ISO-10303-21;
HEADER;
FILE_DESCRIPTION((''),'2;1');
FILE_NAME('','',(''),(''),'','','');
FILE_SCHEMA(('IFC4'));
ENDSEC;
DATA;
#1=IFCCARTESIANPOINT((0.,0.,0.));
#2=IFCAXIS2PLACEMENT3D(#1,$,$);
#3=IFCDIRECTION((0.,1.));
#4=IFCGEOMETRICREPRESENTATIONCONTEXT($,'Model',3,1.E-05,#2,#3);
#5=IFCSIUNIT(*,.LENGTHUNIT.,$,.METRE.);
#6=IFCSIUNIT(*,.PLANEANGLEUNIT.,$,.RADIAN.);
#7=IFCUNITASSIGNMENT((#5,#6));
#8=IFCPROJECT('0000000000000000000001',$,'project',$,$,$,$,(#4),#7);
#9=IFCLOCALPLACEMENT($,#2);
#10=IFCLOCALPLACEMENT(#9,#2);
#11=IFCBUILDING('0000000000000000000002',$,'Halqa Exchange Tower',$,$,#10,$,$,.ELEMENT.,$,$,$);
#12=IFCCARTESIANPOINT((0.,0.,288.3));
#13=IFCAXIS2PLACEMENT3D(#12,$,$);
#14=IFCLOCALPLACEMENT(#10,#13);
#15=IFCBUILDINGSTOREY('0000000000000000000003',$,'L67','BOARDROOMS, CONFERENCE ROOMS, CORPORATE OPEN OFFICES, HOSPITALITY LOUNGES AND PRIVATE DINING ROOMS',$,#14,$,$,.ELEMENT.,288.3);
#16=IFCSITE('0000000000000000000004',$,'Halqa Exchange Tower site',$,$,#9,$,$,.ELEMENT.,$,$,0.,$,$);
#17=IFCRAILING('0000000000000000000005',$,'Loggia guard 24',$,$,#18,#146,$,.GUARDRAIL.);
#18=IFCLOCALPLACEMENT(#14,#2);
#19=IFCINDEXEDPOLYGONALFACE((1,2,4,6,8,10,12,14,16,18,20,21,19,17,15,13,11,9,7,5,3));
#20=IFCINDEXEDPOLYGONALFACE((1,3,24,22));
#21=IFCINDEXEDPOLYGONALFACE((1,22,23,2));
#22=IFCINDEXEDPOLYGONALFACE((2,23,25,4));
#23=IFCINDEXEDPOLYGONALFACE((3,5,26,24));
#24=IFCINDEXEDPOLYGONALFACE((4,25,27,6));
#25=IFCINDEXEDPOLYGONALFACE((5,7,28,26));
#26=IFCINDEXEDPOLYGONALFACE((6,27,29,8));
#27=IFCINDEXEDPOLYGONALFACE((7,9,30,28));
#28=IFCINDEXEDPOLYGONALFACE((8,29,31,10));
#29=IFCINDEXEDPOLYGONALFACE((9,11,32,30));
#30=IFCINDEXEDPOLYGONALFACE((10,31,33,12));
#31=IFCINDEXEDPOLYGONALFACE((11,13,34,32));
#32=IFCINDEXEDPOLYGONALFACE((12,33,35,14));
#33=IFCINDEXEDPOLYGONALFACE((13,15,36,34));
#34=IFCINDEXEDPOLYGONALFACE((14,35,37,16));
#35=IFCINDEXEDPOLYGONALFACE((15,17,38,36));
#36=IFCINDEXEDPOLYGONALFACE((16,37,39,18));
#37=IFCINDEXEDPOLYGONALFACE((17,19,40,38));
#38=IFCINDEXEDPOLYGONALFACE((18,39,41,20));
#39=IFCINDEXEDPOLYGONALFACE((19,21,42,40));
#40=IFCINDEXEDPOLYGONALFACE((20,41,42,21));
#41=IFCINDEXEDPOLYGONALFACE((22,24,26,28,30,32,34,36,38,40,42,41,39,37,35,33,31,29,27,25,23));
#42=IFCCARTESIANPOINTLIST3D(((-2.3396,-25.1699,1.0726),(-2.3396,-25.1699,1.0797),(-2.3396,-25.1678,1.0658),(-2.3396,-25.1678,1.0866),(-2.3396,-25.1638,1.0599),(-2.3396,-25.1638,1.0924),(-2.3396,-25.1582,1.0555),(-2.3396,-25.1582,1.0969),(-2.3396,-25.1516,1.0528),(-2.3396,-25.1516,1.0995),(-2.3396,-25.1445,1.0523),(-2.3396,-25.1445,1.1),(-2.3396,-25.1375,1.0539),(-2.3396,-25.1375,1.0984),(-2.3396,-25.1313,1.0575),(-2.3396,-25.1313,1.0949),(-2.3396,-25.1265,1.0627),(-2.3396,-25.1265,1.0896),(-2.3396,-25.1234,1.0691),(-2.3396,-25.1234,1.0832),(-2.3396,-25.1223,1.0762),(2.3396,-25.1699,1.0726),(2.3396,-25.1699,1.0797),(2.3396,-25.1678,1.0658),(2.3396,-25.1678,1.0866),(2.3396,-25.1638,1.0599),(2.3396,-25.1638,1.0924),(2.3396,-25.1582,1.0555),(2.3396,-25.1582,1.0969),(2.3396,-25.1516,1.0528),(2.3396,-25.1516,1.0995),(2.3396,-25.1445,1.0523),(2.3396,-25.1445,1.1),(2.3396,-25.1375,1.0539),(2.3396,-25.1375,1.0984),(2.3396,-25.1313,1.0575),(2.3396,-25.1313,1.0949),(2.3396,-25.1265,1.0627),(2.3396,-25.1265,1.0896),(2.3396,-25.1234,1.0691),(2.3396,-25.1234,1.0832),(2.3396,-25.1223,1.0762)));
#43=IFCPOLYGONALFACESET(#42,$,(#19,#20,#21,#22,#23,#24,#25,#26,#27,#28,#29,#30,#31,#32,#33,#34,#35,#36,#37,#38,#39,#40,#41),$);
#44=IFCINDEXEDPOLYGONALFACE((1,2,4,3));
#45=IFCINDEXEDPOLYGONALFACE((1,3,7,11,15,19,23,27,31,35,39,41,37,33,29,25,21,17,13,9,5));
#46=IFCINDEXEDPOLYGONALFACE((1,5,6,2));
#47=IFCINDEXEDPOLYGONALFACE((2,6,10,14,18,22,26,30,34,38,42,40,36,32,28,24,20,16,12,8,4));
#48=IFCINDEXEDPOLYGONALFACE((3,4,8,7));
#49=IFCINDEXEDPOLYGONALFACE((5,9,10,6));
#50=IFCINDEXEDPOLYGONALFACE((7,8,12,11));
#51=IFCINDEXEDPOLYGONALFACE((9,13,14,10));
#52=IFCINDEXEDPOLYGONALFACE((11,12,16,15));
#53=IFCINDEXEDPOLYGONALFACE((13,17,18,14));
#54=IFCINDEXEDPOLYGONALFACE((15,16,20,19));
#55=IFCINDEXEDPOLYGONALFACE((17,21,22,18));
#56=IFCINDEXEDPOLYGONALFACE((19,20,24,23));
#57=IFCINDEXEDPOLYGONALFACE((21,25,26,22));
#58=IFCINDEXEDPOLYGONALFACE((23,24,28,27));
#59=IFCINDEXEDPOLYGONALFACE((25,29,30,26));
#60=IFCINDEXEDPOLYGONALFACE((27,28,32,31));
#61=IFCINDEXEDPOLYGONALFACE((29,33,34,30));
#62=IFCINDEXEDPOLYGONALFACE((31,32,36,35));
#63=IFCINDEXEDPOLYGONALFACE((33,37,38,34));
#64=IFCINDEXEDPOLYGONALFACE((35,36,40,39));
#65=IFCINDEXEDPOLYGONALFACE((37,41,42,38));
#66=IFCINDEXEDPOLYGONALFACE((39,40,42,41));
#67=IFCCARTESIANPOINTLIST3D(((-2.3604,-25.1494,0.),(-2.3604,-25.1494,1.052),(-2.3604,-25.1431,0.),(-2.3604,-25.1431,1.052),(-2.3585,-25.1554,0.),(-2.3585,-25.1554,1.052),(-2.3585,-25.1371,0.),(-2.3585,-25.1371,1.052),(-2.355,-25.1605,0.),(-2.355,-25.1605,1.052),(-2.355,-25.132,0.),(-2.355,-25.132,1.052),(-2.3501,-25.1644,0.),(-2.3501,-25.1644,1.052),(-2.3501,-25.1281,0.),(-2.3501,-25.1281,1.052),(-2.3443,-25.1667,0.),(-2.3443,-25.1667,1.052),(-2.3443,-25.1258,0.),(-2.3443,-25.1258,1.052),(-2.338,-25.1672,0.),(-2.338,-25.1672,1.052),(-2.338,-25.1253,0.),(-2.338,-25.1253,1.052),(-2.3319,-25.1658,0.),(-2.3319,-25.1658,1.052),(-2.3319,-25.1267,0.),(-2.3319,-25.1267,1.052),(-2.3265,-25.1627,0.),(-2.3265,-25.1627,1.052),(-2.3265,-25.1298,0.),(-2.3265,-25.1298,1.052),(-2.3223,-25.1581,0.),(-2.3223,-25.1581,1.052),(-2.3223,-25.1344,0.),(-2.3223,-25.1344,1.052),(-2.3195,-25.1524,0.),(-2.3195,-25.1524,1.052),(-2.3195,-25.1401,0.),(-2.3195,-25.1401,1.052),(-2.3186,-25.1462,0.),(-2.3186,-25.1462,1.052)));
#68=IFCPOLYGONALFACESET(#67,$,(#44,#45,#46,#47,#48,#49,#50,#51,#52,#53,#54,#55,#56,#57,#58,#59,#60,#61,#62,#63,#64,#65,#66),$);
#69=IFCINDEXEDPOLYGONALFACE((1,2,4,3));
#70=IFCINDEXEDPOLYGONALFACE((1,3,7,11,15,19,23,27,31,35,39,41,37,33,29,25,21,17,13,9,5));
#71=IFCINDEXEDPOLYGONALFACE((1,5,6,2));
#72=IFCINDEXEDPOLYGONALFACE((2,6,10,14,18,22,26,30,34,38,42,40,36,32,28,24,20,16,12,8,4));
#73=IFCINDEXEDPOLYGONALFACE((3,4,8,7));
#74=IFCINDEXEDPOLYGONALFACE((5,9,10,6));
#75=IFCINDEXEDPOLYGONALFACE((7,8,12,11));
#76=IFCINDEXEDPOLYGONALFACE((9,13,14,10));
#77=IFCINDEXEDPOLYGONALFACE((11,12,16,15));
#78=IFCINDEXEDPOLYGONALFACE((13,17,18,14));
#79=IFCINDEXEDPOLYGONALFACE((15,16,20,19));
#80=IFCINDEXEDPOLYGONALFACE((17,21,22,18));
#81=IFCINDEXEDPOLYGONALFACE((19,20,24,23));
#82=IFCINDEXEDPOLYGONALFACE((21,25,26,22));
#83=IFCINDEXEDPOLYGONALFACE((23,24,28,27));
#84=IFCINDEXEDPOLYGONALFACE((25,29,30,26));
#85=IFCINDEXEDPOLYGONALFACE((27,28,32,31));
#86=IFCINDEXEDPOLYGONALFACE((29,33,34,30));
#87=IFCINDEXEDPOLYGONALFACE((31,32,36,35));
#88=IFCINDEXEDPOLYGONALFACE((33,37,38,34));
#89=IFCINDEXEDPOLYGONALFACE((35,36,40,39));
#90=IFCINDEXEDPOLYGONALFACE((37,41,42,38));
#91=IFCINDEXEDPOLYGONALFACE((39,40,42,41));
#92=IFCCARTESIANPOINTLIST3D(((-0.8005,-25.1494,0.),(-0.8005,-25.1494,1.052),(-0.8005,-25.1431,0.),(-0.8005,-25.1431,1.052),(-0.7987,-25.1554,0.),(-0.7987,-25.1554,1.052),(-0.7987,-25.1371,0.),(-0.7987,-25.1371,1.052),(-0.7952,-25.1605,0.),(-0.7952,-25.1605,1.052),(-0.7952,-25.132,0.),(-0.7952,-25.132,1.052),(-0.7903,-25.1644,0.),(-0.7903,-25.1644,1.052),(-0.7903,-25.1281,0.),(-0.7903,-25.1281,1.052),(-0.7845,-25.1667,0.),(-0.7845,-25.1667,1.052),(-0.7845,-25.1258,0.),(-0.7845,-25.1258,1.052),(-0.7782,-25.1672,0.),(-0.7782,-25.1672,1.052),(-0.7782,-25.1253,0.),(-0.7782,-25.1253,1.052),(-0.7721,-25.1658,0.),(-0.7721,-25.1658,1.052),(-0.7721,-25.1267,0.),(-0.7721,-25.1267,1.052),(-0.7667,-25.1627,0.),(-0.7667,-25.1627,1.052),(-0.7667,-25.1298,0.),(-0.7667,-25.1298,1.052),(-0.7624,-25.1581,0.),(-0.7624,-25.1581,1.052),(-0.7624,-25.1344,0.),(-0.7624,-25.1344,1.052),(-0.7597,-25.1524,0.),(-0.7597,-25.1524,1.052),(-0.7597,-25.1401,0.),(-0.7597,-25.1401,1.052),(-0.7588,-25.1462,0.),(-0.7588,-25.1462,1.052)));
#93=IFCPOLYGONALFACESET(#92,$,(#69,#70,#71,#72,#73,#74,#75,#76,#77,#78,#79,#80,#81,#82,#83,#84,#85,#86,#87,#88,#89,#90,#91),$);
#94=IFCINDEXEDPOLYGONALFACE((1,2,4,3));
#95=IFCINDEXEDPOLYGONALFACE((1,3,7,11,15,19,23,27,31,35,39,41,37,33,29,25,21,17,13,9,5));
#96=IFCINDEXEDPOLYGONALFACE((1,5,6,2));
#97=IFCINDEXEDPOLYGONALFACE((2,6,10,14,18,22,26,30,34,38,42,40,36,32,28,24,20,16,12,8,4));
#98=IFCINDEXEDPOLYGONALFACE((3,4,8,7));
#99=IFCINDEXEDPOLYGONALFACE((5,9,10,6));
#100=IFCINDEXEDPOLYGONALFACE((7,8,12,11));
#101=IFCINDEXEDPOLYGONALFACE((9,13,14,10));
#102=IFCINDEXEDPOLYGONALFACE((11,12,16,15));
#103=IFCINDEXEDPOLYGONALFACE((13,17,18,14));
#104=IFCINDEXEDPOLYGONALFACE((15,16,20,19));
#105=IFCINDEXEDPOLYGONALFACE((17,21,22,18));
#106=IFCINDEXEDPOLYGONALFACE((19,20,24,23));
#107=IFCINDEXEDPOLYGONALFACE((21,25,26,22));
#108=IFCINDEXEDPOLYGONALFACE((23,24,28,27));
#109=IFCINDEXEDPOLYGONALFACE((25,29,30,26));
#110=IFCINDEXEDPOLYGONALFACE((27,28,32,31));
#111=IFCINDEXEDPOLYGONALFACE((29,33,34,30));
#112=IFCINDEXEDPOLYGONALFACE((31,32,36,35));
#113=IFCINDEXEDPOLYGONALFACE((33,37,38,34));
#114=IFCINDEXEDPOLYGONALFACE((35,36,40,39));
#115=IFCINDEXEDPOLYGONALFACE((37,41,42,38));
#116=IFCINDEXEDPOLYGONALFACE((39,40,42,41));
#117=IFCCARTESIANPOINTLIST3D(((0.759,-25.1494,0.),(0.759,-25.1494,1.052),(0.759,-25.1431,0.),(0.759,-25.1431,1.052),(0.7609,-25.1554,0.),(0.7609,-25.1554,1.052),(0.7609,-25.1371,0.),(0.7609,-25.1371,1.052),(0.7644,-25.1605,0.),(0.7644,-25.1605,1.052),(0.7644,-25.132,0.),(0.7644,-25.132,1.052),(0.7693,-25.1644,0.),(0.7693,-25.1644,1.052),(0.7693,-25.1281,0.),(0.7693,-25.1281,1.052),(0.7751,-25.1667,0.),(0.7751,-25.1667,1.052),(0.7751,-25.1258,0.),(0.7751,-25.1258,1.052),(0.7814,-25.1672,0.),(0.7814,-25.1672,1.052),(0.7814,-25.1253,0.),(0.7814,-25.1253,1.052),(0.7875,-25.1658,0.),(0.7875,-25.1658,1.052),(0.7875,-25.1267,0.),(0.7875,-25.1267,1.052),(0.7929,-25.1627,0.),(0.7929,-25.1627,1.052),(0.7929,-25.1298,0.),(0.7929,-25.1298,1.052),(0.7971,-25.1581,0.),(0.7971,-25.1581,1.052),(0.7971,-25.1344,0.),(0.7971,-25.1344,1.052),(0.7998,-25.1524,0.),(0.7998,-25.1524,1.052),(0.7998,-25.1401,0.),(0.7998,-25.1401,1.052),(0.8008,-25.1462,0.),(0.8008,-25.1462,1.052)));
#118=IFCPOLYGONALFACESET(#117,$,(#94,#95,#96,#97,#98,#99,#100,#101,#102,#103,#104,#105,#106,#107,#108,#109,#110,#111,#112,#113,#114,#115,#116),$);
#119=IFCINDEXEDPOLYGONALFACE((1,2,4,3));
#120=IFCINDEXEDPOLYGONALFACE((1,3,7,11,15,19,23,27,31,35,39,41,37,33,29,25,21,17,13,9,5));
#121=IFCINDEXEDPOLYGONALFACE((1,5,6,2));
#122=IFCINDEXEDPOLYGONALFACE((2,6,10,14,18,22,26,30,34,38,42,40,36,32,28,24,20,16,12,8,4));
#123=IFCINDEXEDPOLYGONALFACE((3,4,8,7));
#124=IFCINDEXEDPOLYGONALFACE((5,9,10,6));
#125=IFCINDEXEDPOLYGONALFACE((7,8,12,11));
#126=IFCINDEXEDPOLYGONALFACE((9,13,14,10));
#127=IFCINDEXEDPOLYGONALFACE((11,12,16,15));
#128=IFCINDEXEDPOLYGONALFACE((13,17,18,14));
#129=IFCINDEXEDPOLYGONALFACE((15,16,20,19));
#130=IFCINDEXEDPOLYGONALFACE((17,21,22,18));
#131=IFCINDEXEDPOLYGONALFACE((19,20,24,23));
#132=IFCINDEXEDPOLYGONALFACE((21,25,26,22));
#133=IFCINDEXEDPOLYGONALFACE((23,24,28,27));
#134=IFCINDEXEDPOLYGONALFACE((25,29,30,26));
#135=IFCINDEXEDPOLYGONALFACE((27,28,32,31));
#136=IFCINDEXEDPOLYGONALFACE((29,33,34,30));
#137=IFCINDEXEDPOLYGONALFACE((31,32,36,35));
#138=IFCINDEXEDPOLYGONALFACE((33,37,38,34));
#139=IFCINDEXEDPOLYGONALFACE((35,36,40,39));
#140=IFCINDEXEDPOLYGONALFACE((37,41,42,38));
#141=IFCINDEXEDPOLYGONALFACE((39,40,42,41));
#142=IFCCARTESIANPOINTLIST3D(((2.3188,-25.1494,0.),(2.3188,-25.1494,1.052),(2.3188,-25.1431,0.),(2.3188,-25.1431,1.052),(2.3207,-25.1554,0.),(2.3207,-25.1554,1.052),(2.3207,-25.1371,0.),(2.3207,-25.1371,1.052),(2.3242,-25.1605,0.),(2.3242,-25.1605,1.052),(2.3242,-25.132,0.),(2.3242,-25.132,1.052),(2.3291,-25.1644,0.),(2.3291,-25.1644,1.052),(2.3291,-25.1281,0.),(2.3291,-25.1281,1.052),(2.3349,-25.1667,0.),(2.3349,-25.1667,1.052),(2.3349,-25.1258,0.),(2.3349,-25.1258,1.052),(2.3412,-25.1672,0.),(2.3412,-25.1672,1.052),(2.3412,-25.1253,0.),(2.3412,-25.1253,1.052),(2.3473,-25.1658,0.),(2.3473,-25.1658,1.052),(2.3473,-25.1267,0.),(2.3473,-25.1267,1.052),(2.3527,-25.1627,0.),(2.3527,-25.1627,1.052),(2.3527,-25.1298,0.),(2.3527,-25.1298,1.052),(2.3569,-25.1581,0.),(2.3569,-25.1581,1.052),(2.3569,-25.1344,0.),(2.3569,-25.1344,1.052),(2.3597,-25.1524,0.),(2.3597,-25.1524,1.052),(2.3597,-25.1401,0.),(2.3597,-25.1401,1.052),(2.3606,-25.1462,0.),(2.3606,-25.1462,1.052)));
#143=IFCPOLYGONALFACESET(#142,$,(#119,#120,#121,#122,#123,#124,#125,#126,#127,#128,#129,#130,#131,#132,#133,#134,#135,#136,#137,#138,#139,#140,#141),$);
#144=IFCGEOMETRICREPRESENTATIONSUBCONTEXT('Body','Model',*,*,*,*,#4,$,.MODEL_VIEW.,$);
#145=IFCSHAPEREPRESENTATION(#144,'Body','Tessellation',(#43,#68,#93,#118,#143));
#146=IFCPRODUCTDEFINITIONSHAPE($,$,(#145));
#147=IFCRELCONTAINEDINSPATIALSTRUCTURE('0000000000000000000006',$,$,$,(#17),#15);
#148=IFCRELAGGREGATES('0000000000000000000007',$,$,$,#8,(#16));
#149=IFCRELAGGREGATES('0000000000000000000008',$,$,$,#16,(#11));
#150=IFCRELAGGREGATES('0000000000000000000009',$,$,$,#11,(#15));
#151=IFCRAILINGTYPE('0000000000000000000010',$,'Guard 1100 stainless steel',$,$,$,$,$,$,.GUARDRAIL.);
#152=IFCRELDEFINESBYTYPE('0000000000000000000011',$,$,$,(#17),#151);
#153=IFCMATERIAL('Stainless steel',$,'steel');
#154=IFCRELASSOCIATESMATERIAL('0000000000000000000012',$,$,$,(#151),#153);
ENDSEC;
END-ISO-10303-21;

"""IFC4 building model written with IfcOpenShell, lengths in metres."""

from ifc_helpers import new_model, si_unit, direction, frame, origin, origin_2d, place, context, subcontext, project, spatial, circle, extrude, material, type_object, element, save


model = new_model("IFC4")

# Units and contexts
model_context = context("Model", 3, precision=1e-05, world=origin(), true_north=direction((0.0, 1.0)))
body_context = subcontext(model_context, "Body", "Model", "MODEL_VIEW")
ifc_project = project(units=[si_unit("LENGTHUNIT", "METRE"), si_unit("PLANEANGLEUNIT", "RADIAN")], contexts=[model_context])

# Site, building, storey
site_placement = place(None, origin())
site = spatial("IfcSite", under=ifc_project, at=site_placement, Name="Halqa Exchange Tower site", CompositionType="ELEMENT", RefElevation=0.0)
building_placement = place(site_placement, origin())
building = spatial("IfcBuilding", under=site, at=building_placement, Name="Halqa Exchange Tower", CompositionType="ELEMENT")
storey_placement = place(building_placement, frame((0.0, 0.0, 288.3)))
storey = spatial("IfcBuildingStorey", under=building, at=storey_placement, Name="L67", Description="BOARDROOMS, CONFERENCE ROOMS, CORPORATE OPEN OFFICES, HOSPITALITY LOUNGES AND PRIVATE DINING ROOMS", CompositionType="ELEMENT", Elevation=288.3)

# Railing
ifc_material_1 = material(Name="Stainless steel", Category="steel")
railing_type = type_object("IfcRailingType", Name="Guard 1100 stainless steel", PredefinedType="GUARDRAIL", material=ifc_material_1)
railing_1_placement = place(storey_placement, frame((-2.3396, -25.1462, 0.0)))
element("IfcRailing", 1, at=railing_1_placement, inside=storey, type_object=railing_type, Name="Loggia guard 24", PredefinedType="GUARDRAIL", context=body_context, shape_type="SweptSolid", body=[
    extrude(circle(Radius=0.0239, at=origin_2d()), frame((0.0, 0.0, 1.0762), z_axis=(1.0, 0.0, 0.0), x_axis=(0.0, 1.0, 0.0)), (0.0, 0.0, 1.0), 4.6792),
    extrude(circle(Radius=0.021, at=origin_2d()), origin(), (0.0, 0.0, 1.0), 1.052),
    extrude(circle(Radius=0.021, at=origin_2d()), frame((1.5598, 0.0, 0.0)), (0.0, 0.0, 1.0), 1.052),
    extrude(circle(Radius=0.021, at=origin_2d()), frame((3.1194, 0.0, 0.0)), (0.0, 0.0, 1.0), 1.052),
    extrude(circle(Radius=0.021, at=origin_2d()), frame((4.6792, 0.0, 0.0)), (0.0, 0.0, 1.0), 1.052),
])

save(model, "model.ifc")
